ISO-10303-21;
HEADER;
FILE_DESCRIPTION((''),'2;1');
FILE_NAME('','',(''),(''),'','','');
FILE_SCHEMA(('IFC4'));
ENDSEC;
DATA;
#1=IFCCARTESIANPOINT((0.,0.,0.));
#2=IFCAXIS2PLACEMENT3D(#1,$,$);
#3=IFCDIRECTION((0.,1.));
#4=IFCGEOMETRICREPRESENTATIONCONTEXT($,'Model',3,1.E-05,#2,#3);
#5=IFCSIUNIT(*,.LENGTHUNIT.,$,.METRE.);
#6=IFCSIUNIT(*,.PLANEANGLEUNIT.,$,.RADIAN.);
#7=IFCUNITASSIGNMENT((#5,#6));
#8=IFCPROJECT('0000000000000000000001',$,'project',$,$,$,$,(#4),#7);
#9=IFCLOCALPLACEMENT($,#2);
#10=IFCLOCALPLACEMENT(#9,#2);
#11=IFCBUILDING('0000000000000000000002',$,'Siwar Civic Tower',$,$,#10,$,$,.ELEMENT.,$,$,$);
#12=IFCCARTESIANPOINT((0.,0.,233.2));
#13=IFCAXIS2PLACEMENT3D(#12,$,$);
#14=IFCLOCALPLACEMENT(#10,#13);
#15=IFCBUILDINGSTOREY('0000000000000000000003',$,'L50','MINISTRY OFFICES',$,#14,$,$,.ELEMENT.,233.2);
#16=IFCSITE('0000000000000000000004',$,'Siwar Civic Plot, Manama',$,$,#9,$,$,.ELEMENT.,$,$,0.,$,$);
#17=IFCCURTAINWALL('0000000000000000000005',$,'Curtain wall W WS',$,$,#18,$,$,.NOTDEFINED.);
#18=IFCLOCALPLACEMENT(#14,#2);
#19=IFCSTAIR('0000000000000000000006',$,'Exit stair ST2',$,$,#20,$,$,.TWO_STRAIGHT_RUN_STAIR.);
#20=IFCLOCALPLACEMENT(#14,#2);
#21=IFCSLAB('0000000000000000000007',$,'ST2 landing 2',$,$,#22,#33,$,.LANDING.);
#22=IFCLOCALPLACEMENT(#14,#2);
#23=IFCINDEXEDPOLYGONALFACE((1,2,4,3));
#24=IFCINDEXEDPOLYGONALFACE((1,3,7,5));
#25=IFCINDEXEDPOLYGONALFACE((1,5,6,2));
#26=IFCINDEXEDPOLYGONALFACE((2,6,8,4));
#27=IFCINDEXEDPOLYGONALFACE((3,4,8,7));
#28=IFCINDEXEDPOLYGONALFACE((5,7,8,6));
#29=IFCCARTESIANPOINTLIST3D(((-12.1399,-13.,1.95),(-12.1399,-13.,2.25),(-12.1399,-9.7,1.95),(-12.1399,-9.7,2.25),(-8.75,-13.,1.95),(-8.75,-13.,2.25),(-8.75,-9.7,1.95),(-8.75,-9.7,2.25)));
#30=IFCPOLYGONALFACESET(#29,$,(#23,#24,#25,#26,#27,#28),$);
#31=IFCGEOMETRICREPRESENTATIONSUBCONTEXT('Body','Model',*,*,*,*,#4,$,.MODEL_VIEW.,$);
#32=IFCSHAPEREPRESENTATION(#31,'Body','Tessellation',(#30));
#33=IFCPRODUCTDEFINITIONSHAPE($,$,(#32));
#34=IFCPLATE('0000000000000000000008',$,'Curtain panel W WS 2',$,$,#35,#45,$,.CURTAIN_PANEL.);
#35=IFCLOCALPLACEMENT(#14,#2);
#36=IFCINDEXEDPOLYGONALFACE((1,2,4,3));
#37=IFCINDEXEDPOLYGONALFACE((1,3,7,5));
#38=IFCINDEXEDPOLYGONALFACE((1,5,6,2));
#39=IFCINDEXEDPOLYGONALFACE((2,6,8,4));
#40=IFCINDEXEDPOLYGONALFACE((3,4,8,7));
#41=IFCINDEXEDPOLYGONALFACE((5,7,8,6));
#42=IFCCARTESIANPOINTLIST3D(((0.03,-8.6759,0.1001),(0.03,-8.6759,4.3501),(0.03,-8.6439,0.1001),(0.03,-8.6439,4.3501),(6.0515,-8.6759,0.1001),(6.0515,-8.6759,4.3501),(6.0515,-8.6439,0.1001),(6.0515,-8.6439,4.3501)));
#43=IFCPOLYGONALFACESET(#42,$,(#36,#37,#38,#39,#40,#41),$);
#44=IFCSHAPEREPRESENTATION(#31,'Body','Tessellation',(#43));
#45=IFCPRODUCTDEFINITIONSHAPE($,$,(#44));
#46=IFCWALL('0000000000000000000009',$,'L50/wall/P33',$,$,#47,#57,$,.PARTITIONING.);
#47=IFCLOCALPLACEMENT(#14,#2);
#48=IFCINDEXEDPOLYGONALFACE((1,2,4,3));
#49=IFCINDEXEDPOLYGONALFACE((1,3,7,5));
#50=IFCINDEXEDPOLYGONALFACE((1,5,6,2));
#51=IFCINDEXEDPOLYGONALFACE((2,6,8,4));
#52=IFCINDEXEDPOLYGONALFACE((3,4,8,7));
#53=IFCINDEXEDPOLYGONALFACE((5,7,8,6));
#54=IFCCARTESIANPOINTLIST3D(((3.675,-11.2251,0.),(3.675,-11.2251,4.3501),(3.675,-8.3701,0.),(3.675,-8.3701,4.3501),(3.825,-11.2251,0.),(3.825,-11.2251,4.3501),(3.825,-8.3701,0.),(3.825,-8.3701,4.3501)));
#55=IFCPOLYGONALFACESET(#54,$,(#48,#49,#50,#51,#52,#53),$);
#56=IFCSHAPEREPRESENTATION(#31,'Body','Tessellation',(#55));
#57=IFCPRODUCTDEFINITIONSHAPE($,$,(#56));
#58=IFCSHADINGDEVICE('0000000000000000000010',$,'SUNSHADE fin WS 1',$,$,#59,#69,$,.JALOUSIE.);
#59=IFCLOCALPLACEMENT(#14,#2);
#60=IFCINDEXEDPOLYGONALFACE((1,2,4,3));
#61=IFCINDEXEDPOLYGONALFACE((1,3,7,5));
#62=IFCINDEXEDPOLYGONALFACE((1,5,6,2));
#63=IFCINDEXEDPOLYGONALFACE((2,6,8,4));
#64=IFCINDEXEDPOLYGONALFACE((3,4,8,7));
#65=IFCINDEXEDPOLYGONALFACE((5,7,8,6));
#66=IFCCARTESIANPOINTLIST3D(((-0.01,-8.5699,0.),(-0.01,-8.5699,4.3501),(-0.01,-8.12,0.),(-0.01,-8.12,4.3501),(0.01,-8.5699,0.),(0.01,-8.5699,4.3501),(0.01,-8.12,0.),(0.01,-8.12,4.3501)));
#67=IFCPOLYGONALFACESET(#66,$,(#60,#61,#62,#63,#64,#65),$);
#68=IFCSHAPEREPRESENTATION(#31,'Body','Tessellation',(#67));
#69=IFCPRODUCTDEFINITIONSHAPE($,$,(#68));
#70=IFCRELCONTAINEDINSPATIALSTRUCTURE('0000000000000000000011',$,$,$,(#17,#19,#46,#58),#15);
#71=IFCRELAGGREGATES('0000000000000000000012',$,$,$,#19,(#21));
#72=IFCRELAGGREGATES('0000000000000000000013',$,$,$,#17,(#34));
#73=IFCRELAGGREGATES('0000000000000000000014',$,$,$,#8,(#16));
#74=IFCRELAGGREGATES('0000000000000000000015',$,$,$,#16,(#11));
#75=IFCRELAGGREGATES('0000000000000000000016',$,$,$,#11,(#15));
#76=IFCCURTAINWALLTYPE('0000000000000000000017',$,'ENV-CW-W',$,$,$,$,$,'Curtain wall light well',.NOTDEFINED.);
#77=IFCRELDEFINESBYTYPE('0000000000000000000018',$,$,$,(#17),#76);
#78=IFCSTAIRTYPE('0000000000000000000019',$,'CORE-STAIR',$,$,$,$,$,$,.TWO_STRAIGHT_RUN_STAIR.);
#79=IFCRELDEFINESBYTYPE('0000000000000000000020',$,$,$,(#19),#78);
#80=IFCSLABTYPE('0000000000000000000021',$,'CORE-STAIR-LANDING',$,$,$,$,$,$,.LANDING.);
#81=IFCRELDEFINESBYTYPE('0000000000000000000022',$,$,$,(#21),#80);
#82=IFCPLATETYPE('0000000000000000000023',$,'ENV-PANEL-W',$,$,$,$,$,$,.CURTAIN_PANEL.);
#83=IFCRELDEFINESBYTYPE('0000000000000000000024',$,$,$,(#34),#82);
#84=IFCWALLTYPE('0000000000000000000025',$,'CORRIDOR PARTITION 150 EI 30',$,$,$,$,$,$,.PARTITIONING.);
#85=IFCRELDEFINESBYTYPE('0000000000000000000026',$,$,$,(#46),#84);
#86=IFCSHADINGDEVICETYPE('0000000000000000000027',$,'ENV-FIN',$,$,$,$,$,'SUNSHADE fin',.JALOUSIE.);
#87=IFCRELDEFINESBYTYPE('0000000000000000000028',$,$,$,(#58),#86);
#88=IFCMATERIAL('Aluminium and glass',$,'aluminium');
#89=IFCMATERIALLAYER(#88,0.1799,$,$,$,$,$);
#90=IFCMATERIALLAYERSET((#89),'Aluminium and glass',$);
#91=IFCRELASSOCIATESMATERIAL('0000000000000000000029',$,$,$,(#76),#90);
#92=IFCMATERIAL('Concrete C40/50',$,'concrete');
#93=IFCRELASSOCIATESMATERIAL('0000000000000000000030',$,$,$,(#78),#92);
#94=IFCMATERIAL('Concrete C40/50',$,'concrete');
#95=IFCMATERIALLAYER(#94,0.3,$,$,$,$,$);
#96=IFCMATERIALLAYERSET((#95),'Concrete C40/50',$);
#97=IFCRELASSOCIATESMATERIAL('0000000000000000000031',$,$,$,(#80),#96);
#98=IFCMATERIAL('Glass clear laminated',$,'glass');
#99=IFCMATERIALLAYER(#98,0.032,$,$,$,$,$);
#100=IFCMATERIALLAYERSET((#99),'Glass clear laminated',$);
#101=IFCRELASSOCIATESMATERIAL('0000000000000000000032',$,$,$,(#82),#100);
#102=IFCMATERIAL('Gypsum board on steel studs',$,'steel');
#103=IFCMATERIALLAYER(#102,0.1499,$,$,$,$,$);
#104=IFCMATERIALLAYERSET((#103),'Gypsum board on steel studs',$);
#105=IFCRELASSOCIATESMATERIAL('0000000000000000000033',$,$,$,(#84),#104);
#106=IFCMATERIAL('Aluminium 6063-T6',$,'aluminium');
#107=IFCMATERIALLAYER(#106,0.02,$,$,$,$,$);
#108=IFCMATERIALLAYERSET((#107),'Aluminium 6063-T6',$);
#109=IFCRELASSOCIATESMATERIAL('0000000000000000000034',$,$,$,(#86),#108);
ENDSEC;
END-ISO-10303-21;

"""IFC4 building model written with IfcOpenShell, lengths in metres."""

from ifc_helpers import new_model, si_unit, direction, frame, frame_2d, origin, origin_2d, place, context, subcontext, project, spatial, polyline, rectangle, outline, extrude, material, layer, layer_set, type_object, element, aggregate, save


model = new_model("IFC4")

# Units and contexts
model_context = context("Model", 3, precision=1e-05, world=origin(), true_north=direction((0.0, 1.0)))
body_context = subcontext(model_context, "Body", "Model", "MODEL_VIEW")
ifc_project = project(units=[si_unit("LENGTHUNIT", "METRE"), si_unit("PLANEANGLEUNIT", "RADIAN")], contexts=[model_context])

# Site, building, storey
site_placement = place(None, origin())
site = spatial("IfcSite", under=ifc_project, at=site_placement, Name="Siwar Civic Plot, Manama", CompositionType="ELEMENT", RefElevation=0.0)
building_placement = place(site_placement, origin())
building = spatial("IfcBuilding", under=site, at=building_placement, Name="Siwar Civic Tower", CompositionType="ELEMENT")
storey_placement = place(building_placement, frame((0.0, 0.0, 233.2)))
storey = spatial("IfcBuildingStorey", under=building, at=storey_placement, Name="L50", Description="MINISTRY OFFICES", CompositionType="ELEMENT", Elevation=233.2)

# Curtain wall
ifc_material_1 = material(Name="Aluminium and glass", Category="aluminium")
ifc_layer_1 = layer(ifc_material_1, 0.1799)
ifc_layer_set_1 = layer_set([ifc_layer_1], Name="Aluminium and glass")
curtain_wall_type = type_object("IfcCurtainWallType", Name="ENV-CW-W", ElementType="Curtain wall light well", PredefinedType="NOTDEFINED", material=ifc_layer_set_1)
curtain_wall_placement = place(storey_placement, origin())
curtain_wall = element("IfcCurtainWall", 1, at=curtain_wall_placement, inside=storey, type_object=curtain_wall_type, Name="Curtain wall W WS", PredefinedType="NOTDEFINED")

# Stair, slab
ifc_material_2 = material(Name="Concrete C40/50", Category="concrete")
stair_type = type_object("IfcStairType", Name="CORE-STAIR", PredefinedType="TWO_STRAIGHT_RUN_STAIR", material=ifc_material_2)
ifc_material_3 = material(Name="Concrete C40/50", Category="concrete")
ifc_layer_2 = layer(ifc_material_3, 0.3)
ifc_layer_set_2 = layer_set([ifc_layer_2], Name="Concrete C40/50")
slab_type = type_object("IfcSlabType", Name="CORE-STAIR-LANDING", PredefinedType="LANDING", material=ifc_layer_set_2)
stair_1_placement = place(storey_placement, origin())
stair_1 = element("IfcStair", 2, at=stair_1_placement, inside=storey, type_object=stair_type, Name="Exit stair ST2", PredefinedType="TWO_STRAIGHT_RUN_STAIR")
slab_1_placement = place(storey_placement, frame((0.0, 0.0, 1.95)))
slab_1 = element("IfcSlab", 3, at=slab_1_placement, type_object=slab_type, Name="ST2 landing 2", PredefinedType="LANDING", context=body_context, shape_type="SweptSolid", body=[
    extrude(outline(polyline([(-8.75, -9.7), (-12.1399, -9.7), (-12.1399, -13.0), (-8.75, -13.0), (-8.75, -9.7)])), origin(), (0.0, 0.0, 1.0), 0.3),
])
aggregate(stair_1, [slab_1])

# Plate
ifc_material_4 = material(Name="Glass clear laminated", Category="glass")
ifc_layer_3 = layer(ifc_material_4, 0.032)
ifc_layer_set_3 = layer_set([ifc_layer_3], Name="Glass clear laminated")
plate_type = type_object("IfcPlateType", Name="ENV-PANEL-W", PredefinedType="CURTAIN_PANEL", material=ifc_layer_set_3)
plate_placement = place(storey_placement, frame((3.0408, -8.6599, 0.1001), z_axis=(0.0, 0.0, 1.0), x_axis=(1.0, 0.0, 0.0)))
plate = element("IfcPlate", 4, at=plate_placement, type_object=plate_type, Name="Curtain panel W WS 2", PredefinedType="CURTAIN_PANEL", context=body_context, shape_type="SweptSolid", body=[
    extrude(rectangle(XDim=6.0215, YDim=0.032, at=origin_2d()), origin(), (0.0, 0.0, 1.0), 4.25),
])
aggregate(curtain_wall, [plate])

# Wall
ifc_material_5 = material(Name="Gypsum board on steel studs", Category="steel")
ifc_layer_4 = layer(ifc_material_5, 0.1499)
ifc_layer_set_4 = layer_set([ifc_layer_4], Name="Gypsum board on steel studs")
wall_type = type_object("IfcWallType", Name="CORRIDOR PARTITION 150 EI 30", PredefinedType="PARTITIONING", material=ifc_layer_set_4)
wall_placement = place(storey_placement, frame((3.75, -11.2251, 0.0), z_axis=(0.0, 0.0, 1.0), x_axis=(0.0, 1.0, 0.0)))
element("IfcWall", 5, at=wall_placement, inside=storey, type_object=wall_type, Name="L50/wall/P33", PredefinedType="PARTITIONING", context=body_context, shape_type="SweptSolid", body=[
    extrude(rectangle(XDim=2.855, YDim=0.1499, at=frame_2d((1.4275, 0.0))), origin(), (0.0, 0.0, 1.0), 4.3501),
])

# Shading device
ifc_material_6 = material(Name="Aluminium 6063-T6", Category="aluminium")
ifc_layer_5 = layer(ifc_material_6, 0.02)
ifc_layer_set_5 = layer_set([ifc_layer_5], Name="Aluminium 6063-T6")
shading_device_type = type_object("IfcShadingDeviceType", Name="ENV-FIN", ElementType="SUNSHADE fin", PredefinedType="JALOUSIE", material=ifc_layer_set_5)
shading_device_placement = place(storey_placement, frame((0.0, -8.345, 0.0), z_axis=(0.0, 0.0, 1.0), x_axis=(1.0, 0.0, 0.0)))
element("IfcShadingDevice", 6, at=shading_device_placement, inside=storey, type_object=shading_device_type, Name="SUNSHADE fin WS 1", PredefinedType="JALOUSIE", context=body_context, shape_type="SweptSolid", body=[
    extrude(rectangle(XDim=0.02, YDim=0.45, at=origin_2d()), origin(), (0.0, 0.0, 1.0), 4.3501),
])

save(model, "model.ifc")
